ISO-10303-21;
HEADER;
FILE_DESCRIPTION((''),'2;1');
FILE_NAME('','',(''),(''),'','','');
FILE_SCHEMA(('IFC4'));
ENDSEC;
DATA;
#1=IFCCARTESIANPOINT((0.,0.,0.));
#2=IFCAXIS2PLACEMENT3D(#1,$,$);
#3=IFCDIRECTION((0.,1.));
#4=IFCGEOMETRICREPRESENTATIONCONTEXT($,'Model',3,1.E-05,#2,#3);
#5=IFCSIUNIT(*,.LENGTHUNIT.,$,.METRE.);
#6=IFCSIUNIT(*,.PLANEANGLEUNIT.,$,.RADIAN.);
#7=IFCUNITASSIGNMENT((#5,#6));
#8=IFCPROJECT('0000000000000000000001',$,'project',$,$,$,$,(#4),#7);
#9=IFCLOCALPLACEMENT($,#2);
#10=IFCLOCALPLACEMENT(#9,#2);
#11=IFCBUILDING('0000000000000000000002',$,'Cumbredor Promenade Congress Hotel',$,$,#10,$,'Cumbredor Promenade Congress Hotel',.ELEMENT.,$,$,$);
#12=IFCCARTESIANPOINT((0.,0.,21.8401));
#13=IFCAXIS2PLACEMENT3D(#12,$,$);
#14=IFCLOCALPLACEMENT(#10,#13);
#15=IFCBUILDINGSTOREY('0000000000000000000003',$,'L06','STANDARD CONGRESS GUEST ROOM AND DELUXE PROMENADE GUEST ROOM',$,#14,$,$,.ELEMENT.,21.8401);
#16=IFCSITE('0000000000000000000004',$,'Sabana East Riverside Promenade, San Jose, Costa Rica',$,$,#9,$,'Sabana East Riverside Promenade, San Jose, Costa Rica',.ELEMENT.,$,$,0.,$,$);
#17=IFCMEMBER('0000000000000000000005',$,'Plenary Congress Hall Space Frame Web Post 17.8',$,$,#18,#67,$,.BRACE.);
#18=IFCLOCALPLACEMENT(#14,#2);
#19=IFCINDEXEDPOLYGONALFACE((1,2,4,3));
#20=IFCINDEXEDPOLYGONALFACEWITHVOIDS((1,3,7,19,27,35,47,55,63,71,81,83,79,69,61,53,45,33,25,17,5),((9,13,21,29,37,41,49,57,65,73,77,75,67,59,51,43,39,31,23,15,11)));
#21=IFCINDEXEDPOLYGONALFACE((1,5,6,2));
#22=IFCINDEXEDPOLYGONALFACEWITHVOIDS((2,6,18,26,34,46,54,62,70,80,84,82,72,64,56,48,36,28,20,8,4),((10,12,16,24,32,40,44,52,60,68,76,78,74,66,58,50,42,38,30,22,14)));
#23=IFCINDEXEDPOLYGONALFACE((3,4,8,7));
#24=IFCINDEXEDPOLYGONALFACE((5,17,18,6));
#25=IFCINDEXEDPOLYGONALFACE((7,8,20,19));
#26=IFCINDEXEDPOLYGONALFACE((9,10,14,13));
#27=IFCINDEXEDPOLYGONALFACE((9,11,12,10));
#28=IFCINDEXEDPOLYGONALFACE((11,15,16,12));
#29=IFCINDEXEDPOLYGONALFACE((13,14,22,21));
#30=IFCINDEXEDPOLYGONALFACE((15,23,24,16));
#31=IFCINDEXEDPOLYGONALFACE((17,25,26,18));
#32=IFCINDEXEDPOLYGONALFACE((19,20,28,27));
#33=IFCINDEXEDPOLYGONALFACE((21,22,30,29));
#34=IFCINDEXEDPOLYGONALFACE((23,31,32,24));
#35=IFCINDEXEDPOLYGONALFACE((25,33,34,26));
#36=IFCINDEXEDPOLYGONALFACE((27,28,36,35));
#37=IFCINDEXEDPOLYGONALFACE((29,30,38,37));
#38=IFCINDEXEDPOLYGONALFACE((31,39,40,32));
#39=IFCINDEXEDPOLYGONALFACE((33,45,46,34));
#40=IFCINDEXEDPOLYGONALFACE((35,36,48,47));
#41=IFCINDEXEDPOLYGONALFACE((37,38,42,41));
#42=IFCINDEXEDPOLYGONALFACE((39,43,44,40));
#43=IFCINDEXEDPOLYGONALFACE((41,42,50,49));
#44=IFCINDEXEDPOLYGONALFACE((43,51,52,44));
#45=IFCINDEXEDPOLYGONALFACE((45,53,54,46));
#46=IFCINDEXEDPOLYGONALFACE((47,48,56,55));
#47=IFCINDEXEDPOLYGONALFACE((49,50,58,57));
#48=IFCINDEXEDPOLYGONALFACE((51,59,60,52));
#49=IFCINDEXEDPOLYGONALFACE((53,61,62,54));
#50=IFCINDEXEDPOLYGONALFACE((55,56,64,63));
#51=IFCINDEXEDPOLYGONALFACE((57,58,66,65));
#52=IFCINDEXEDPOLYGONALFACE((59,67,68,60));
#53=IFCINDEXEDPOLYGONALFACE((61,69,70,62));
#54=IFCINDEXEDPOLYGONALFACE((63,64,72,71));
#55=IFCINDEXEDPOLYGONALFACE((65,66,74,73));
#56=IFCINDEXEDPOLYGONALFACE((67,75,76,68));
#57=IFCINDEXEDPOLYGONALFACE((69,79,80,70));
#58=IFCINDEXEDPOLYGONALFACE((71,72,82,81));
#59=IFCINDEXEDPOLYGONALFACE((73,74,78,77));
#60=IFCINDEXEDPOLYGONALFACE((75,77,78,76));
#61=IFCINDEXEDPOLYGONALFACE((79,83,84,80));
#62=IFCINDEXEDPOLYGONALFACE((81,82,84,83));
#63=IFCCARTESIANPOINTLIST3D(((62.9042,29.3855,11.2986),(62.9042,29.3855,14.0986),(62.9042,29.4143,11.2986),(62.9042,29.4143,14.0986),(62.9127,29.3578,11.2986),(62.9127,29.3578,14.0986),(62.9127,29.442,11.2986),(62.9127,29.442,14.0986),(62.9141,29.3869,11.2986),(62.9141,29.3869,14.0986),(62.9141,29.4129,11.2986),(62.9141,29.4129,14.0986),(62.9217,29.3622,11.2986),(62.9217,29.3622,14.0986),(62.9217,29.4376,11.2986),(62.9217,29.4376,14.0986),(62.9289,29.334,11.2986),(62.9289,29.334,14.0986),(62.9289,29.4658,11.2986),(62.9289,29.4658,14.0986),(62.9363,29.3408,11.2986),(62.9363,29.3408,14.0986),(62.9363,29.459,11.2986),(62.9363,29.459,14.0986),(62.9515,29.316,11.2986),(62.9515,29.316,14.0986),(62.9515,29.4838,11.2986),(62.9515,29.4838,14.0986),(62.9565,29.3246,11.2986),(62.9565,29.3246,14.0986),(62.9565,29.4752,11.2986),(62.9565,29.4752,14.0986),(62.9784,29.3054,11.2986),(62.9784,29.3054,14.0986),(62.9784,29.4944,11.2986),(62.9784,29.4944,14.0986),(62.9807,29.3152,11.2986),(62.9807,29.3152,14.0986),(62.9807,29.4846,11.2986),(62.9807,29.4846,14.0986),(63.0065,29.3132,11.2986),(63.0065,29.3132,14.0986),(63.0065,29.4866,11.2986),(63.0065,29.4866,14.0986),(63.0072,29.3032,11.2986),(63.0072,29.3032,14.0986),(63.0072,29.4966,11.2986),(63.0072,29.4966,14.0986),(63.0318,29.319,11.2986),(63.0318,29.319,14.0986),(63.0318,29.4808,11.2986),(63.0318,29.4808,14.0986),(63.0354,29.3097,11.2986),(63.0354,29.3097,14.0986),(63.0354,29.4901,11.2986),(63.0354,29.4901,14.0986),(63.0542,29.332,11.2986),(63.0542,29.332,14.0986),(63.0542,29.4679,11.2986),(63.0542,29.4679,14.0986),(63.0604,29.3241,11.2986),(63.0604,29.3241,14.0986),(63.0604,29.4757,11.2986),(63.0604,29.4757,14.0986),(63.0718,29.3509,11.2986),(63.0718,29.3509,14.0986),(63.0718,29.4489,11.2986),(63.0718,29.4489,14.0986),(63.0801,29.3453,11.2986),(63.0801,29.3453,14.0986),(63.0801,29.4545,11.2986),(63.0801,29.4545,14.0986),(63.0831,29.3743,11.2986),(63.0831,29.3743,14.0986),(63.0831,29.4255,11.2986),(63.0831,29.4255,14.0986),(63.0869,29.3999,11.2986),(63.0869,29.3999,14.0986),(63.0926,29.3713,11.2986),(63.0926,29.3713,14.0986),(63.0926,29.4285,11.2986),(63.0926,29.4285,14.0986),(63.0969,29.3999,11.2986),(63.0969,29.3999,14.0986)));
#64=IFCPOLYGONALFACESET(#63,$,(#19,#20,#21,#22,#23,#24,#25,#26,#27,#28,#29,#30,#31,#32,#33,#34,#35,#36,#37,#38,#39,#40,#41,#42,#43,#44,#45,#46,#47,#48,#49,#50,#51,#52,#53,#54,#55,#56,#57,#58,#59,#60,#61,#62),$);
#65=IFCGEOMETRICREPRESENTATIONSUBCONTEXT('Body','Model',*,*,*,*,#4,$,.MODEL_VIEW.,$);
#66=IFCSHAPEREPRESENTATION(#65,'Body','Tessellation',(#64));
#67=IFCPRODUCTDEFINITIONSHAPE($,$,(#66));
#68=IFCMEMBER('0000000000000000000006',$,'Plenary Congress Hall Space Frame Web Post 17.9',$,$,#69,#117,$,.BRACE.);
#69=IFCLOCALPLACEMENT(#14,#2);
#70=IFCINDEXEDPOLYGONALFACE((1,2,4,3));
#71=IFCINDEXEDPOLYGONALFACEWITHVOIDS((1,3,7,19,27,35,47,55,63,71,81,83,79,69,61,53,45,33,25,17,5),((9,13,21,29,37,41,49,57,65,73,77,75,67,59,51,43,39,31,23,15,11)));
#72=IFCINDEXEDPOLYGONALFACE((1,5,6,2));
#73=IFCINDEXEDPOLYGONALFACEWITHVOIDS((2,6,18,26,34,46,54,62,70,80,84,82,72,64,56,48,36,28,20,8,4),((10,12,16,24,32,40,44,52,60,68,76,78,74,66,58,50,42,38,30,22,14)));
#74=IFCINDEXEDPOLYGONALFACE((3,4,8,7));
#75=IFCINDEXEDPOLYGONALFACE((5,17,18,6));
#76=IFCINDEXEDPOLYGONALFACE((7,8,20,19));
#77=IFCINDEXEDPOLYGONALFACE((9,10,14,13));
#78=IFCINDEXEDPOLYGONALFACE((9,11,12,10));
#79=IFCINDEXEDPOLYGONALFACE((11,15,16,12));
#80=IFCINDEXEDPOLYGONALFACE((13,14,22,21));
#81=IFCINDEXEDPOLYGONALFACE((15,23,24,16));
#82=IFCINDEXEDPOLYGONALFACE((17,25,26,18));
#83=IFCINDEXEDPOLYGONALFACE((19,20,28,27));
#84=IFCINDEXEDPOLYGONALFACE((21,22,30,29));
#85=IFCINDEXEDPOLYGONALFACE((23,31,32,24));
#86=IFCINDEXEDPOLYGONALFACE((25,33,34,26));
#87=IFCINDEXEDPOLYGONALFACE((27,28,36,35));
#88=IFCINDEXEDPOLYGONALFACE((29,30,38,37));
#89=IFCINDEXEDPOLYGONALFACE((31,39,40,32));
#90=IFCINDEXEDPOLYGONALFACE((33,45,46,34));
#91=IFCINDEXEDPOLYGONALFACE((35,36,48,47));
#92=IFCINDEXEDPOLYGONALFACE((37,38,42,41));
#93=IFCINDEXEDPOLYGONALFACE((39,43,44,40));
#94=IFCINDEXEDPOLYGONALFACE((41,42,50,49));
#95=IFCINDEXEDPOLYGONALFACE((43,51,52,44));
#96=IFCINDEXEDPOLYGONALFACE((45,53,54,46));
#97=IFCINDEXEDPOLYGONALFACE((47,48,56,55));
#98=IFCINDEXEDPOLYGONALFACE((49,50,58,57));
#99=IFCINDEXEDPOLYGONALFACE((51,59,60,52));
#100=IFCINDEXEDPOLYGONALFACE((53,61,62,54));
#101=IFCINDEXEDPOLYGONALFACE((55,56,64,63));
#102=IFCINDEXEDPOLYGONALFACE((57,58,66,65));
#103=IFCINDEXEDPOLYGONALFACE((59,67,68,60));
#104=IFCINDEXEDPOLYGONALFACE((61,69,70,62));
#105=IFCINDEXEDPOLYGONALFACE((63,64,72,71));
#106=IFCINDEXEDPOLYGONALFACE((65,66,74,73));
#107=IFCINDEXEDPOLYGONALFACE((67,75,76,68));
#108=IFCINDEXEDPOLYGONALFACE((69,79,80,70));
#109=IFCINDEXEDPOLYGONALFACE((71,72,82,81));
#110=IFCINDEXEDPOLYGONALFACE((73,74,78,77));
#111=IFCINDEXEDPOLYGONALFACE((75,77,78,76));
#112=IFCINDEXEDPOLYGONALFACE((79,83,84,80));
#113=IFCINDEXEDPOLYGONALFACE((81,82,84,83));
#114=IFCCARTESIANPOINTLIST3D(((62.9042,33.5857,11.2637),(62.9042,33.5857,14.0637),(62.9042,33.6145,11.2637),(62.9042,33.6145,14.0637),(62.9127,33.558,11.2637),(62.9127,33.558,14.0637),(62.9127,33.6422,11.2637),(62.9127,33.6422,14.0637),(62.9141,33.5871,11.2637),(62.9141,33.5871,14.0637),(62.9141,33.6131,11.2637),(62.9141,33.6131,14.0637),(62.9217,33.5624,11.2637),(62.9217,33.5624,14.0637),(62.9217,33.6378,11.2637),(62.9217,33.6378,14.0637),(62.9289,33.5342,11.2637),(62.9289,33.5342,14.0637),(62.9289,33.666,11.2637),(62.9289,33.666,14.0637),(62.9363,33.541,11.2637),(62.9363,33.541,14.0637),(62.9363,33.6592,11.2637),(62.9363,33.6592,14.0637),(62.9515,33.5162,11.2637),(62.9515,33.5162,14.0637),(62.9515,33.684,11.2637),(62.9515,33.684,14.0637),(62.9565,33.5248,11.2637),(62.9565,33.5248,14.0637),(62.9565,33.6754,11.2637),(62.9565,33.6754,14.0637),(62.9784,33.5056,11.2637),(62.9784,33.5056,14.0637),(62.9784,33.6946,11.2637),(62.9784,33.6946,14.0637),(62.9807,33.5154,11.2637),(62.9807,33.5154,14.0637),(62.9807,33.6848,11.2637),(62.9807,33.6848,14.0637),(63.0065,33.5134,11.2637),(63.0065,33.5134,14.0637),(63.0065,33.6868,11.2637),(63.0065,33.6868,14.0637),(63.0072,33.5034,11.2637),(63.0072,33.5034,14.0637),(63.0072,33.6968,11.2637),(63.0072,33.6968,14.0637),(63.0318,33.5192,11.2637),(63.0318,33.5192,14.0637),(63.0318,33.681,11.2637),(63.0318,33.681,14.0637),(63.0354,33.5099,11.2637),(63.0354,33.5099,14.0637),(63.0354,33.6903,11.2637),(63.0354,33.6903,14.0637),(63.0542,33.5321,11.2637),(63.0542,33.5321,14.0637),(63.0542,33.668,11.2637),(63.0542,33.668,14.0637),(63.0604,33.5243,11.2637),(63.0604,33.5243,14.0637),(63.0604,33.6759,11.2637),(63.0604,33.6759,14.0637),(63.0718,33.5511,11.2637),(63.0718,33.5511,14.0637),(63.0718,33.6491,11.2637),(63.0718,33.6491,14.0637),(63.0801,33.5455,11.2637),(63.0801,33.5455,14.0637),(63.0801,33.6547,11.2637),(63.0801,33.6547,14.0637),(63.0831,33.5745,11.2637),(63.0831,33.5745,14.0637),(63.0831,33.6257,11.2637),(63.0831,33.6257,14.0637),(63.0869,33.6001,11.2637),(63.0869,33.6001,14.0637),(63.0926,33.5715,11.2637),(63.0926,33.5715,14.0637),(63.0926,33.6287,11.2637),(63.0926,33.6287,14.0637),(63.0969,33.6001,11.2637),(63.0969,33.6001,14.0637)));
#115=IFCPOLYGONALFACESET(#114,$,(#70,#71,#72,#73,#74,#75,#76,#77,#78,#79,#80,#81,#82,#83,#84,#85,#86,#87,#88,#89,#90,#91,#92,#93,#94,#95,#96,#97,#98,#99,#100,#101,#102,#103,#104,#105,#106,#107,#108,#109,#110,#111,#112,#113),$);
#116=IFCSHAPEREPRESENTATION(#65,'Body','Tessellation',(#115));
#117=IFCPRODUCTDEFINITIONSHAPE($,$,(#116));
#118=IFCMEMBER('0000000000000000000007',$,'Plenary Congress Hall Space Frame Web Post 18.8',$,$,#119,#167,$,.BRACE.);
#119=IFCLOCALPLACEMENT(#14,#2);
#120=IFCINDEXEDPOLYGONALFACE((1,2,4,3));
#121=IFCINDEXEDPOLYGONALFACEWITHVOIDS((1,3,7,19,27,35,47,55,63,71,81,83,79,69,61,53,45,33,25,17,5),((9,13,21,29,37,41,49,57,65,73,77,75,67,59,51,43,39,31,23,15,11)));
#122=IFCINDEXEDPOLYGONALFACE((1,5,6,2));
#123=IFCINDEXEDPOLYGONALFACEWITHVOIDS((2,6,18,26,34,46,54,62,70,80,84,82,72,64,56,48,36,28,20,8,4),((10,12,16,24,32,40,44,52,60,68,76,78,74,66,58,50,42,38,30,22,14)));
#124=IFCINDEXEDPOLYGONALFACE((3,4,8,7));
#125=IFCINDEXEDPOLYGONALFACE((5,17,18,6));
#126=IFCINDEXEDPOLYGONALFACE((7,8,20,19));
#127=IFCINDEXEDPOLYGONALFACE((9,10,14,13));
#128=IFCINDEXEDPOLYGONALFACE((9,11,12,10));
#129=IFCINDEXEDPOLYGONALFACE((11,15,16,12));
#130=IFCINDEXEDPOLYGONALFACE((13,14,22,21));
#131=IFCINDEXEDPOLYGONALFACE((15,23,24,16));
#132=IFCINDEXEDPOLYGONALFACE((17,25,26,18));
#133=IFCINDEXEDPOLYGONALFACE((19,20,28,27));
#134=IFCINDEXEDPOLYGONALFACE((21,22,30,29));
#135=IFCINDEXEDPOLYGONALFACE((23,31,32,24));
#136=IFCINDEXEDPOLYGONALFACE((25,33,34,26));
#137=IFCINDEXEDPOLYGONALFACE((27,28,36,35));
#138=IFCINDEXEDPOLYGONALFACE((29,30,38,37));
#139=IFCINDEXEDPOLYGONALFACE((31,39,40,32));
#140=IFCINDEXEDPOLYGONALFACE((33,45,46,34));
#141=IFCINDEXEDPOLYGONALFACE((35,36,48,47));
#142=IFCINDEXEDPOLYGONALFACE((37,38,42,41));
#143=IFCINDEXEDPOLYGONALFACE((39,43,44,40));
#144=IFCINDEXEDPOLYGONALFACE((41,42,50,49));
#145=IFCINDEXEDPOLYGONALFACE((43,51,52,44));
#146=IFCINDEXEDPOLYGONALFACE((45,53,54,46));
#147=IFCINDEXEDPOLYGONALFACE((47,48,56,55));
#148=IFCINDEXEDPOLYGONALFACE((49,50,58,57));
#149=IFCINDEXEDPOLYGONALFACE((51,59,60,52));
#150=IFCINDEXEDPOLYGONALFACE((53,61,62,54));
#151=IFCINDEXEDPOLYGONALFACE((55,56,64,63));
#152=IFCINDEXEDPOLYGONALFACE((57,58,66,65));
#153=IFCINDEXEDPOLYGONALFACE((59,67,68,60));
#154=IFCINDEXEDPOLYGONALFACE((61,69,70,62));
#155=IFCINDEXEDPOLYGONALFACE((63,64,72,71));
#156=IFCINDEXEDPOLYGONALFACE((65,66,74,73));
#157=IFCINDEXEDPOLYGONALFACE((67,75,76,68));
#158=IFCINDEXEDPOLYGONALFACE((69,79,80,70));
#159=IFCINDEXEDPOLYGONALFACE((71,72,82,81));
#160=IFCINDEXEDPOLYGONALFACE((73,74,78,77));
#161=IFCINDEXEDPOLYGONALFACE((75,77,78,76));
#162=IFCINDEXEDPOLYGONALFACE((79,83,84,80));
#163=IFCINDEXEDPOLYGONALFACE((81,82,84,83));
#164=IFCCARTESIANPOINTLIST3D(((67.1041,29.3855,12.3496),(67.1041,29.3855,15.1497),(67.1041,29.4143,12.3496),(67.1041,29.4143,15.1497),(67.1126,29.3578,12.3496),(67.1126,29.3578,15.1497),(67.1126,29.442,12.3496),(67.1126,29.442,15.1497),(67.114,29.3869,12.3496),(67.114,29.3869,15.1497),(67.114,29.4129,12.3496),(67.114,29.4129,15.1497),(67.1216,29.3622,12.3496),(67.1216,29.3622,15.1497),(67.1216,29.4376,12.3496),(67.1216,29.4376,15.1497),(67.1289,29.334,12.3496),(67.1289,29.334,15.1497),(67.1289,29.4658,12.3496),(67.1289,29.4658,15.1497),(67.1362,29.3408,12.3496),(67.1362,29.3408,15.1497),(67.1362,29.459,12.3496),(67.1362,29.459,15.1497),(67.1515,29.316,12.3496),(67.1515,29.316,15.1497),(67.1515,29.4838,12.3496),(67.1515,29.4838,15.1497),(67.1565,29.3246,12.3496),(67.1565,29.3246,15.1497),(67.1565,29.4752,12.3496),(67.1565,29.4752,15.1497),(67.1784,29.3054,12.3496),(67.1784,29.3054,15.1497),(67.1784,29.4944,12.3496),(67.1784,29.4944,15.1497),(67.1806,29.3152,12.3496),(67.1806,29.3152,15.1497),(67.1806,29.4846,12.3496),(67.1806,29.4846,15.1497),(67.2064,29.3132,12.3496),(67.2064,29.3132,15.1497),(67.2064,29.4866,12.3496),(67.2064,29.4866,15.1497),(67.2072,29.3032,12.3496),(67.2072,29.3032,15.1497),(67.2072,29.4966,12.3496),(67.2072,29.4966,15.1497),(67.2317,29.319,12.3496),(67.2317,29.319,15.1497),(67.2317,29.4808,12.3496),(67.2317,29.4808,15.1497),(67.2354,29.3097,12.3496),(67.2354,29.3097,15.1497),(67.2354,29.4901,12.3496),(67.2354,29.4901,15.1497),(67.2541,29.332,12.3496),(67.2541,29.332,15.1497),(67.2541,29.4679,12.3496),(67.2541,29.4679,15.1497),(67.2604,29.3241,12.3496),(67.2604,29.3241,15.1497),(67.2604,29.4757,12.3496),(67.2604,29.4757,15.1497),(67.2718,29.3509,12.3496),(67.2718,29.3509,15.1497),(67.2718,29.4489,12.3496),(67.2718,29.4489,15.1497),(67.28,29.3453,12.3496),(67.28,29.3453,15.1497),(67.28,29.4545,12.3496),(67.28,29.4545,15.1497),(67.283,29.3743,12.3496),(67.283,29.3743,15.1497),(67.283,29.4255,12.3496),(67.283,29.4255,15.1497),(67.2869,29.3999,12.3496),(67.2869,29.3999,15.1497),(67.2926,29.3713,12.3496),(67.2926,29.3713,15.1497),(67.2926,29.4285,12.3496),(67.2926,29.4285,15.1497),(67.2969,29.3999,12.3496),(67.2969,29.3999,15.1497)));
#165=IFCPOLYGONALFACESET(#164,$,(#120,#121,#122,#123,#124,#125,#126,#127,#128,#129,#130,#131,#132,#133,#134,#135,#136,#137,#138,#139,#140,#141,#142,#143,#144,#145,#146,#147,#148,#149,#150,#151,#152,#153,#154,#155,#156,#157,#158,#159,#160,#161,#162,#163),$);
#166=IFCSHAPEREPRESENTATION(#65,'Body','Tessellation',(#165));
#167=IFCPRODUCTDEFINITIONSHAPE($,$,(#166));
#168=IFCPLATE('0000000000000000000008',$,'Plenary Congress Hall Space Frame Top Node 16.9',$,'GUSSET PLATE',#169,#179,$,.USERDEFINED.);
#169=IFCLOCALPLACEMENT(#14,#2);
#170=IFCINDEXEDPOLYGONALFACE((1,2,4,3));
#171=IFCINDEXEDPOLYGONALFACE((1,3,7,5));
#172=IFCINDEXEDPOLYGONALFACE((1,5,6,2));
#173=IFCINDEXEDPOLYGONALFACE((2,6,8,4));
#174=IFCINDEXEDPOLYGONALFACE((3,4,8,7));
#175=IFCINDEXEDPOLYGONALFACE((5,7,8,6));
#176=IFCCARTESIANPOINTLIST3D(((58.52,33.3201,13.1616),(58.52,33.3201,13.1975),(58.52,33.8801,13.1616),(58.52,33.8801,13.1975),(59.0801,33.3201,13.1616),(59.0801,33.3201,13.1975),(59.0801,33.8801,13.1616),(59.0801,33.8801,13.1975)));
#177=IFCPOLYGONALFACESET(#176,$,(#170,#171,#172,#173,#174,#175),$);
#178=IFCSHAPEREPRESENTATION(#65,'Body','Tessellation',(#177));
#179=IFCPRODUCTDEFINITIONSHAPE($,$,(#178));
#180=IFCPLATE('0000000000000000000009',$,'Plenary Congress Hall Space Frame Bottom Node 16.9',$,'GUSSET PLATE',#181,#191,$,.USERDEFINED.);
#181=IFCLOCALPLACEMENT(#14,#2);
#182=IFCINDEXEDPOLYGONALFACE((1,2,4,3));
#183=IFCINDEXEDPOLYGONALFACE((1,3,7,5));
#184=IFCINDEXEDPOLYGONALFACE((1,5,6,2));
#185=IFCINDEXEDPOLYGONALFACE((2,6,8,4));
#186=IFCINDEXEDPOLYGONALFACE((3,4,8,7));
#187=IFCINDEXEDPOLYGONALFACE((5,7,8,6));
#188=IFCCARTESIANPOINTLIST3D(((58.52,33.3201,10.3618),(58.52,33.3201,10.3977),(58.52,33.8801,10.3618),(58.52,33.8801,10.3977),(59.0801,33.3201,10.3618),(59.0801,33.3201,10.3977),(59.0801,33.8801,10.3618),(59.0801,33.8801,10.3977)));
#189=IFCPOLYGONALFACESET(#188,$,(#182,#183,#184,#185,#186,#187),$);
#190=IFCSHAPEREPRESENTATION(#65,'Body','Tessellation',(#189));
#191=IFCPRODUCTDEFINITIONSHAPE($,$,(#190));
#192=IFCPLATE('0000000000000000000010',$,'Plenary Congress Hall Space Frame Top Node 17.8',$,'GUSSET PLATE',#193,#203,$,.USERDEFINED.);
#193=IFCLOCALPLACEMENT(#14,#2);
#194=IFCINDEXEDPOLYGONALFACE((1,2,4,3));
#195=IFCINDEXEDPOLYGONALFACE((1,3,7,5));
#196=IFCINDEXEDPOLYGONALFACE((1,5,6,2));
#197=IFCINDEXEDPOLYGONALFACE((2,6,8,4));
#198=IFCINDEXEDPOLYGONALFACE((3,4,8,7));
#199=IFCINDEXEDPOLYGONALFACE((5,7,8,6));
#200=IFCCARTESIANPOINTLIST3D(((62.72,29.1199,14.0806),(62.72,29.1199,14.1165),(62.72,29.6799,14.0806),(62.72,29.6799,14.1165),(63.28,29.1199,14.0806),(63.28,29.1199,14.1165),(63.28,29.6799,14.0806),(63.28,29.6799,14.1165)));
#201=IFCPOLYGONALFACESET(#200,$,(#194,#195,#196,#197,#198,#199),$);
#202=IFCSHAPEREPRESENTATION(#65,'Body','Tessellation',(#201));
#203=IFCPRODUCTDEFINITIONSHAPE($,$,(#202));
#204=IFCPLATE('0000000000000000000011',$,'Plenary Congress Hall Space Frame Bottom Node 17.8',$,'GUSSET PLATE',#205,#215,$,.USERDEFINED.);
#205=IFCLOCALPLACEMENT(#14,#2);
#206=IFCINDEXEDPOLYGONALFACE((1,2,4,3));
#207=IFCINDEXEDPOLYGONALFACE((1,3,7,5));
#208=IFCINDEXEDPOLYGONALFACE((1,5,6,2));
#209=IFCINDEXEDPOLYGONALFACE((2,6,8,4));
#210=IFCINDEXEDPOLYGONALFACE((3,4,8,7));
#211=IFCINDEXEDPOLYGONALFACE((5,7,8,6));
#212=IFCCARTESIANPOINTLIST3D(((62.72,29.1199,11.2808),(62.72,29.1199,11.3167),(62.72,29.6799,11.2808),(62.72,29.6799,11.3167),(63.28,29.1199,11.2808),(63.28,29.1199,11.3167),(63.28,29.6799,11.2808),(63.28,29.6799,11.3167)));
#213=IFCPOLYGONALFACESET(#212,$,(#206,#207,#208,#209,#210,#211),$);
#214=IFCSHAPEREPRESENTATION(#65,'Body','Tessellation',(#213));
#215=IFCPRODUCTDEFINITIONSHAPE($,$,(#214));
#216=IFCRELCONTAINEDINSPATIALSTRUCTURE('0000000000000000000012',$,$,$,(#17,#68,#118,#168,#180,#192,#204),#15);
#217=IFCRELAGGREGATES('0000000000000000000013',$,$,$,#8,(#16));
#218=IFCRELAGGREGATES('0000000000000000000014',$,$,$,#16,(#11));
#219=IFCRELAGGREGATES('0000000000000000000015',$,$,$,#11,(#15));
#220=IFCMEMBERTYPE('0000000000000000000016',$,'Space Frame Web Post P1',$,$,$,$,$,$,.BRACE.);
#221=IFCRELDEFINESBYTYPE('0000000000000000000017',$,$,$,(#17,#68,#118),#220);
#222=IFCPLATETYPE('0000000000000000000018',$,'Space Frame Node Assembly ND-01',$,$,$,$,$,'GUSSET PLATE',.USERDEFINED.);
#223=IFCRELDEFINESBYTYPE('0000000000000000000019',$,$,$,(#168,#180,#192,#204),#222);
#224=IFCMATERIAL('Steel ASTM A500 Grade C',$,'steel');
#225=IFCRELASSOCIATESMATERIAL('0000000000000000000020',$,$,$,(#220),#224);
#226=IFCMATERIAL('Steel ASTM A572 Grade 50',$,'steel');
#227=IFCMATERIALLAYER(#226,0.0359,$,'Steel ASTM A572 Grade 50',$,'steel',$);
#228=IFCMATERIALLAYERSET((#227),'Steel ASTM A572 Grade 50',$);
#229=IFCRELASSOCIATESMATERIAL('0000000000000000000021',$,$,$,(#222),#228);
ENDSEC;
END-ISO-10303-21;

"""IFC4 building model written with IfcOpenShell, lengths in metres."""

from ifc_helpers import new_model, si_unit, direction, frame, origin, origin_2d, place, context, subcontext, project, spatial, rectangle, hollow_circle, extrude, material, layer, layer_set, material_profile, profile_set, type_object, element, save


model = new_model("IFC4")

# Units and contexts
model_context = context("Model", 3, precision=1e-05, world=origin(), true_north=direction((0.0, 1.0)))
body_context = subcontext(model_context, "Body", "Model", "MODEL_VIEW")
ifc_project = project(units=[si_unit("LENGTHUNIT", "METRE"), si_unit("PLANEANGLEUNIT", "RADIAN")], contexts=[model_context])

# Site, building, storey
site_placement = place(None, origin())
site = spatial("IfcSite", under=ifc_project, at=site_placement, Name="Sabana East Riverside Promenade, San Jose, Costa Rica", LongName="Sabana East Riverside Promenade, San Jose, Costa Rica", CompositionType="ELEMENT", RefElevation=0.0)
building_placement = place(site_placement, origin())
building = spatial("IfcBuilding", under=site, at=building_placement, Name="Cumbredor Promenade Congress Hotel", LongName="Cumbredor Promenade Congress Hotel", CompositionType="ELEMENT")
storey_placement = place(building_placement, frame((0.0, 0.0, 21.8401)))
storey = spatial("IfcBuildingStorey", under=building, at=storey_placement, Name="L06", Description="STANDARD CONGRESS GUEST ROOM AND DELUXE PROMENADE GUEST ROOM", CompositionType="ELEMENT", Elevation=21.8401)

# Members
ifc_material_1 = material(Name="Steel ASTM A500 Grade C", Category="steel")
ifc_material_profile_1 = material_profile(ifc_material_1, hollow_circle(Radius=0.0969, WallThickness=0.01, at=origin_2d()), Name="CHS 193.7x10")
ifc_profile_set_1 = profile_set([ifc_material_profile_1], Name="Steel ASTM A500 Grade C")
member_type_1 = type_object("IfcMemberType", Name="Space Frame Web Post P1", PredefinedType="BRACE", material=ifc_profile_set_1)
for number, where, z_axis, x_axis, name in (
    (1, (63.0, 29.3999, 11.2986), (0.0, 0.0, 1.0), (1.0, 0.0, 0.0), "Plenary Congress Hall Space Frame Web Post 17.8"),
    (2, (63.0, 33.6001, 11.2637), (0.0, 0.0, 1.0), (1.0, 0.0, 0.0), "Plenary Congress Hall Space Frame Web Post 17.9"),
    (3, (67.2, 29.3999, 12.3496), (0.0, 0.0, 1.0), (1.0, 0.0, 0.0), "Plenary Congress Hall Space Frame Web Post 18.8"),
):
    element("IfcMember", number, at=place(storey_placement, frame(where, z_axis=z_axis, x_axis=x_axis)), inside=storey, type_object=member_type_1, Name=name, PredefinedType="BRACE", context=body_context, shape_type="SweptSolid", body=[
        extrude(hollow_circle(Radius=0.0969, WallThickness=0.01, at=origin_2d()), origin(), (0.0, 0.0, 1.0), 2.8),
    ])

# Plates
ifc_material_2 = material(Name="Steel ASTM A572 Grade 50", Category="steel")
ifc_layer = layer(ifc_material_2, 0.0359, Name="Steel ASTM A572 Grade 50", Category="steel")
ifc_layer_set = layer_set([ifc_layer], Name="Steel ASTM A572 Grade 50")
plate_type = type_object("IfcPlateType", Name="Space Frame Node Assembly ND-01", ElementType="GUSSET PLATE", PredefinedType="USERDEFINED", material=ifc_layer_set)
for number, where, z_axis, x_axis, name in (
    (4, (58.8, 33.6001, 13.1616), (0.0, 0.0, 1.0), (1.0, 0.0, 0.0), "Plenary Congress Hall Space Frame Top Node 16.9"),
    (5, (58.8, 33.6001, 10.3618), (0.0, 0.0, 1.0), (1.0, 0.0, 0.0), "Plenary Congress Hall Space Frame Bottom Node 16.9"),
    (6, (63.0, 29.3999, 14.0806), (0.0, 0.0, 1.0), (1.0, 0.0, 0.0), "Plenary Congress Hall Space Frame Top Node 17.8"),
    (7, (63.0, 29.3999, 11.2808), (0.0, 0.0, 1.0), (1.0, 0.0, 0.0), "Plenary Congress Hall Space Frame Bottom Node 17.8"),
):
    element("IfcPlate", number, at=place(storey_placement, frame(where, z_axis=z_axis, x_axis=x_axis)), inside=storey, type_object=plate_type, Name=name, ObjectType="GUSSET PLATE", PredefinedType="USERDEFINED", context=body_context, shape_type="SweptSolid", body=[
        extrude(rectangle(XDim=0.5601, YDim=0.5601, at=origin_2d()), origin(), (0.0, 0.0, 1.0), 0.0359),
    ])

save(model, "model.ifc")
